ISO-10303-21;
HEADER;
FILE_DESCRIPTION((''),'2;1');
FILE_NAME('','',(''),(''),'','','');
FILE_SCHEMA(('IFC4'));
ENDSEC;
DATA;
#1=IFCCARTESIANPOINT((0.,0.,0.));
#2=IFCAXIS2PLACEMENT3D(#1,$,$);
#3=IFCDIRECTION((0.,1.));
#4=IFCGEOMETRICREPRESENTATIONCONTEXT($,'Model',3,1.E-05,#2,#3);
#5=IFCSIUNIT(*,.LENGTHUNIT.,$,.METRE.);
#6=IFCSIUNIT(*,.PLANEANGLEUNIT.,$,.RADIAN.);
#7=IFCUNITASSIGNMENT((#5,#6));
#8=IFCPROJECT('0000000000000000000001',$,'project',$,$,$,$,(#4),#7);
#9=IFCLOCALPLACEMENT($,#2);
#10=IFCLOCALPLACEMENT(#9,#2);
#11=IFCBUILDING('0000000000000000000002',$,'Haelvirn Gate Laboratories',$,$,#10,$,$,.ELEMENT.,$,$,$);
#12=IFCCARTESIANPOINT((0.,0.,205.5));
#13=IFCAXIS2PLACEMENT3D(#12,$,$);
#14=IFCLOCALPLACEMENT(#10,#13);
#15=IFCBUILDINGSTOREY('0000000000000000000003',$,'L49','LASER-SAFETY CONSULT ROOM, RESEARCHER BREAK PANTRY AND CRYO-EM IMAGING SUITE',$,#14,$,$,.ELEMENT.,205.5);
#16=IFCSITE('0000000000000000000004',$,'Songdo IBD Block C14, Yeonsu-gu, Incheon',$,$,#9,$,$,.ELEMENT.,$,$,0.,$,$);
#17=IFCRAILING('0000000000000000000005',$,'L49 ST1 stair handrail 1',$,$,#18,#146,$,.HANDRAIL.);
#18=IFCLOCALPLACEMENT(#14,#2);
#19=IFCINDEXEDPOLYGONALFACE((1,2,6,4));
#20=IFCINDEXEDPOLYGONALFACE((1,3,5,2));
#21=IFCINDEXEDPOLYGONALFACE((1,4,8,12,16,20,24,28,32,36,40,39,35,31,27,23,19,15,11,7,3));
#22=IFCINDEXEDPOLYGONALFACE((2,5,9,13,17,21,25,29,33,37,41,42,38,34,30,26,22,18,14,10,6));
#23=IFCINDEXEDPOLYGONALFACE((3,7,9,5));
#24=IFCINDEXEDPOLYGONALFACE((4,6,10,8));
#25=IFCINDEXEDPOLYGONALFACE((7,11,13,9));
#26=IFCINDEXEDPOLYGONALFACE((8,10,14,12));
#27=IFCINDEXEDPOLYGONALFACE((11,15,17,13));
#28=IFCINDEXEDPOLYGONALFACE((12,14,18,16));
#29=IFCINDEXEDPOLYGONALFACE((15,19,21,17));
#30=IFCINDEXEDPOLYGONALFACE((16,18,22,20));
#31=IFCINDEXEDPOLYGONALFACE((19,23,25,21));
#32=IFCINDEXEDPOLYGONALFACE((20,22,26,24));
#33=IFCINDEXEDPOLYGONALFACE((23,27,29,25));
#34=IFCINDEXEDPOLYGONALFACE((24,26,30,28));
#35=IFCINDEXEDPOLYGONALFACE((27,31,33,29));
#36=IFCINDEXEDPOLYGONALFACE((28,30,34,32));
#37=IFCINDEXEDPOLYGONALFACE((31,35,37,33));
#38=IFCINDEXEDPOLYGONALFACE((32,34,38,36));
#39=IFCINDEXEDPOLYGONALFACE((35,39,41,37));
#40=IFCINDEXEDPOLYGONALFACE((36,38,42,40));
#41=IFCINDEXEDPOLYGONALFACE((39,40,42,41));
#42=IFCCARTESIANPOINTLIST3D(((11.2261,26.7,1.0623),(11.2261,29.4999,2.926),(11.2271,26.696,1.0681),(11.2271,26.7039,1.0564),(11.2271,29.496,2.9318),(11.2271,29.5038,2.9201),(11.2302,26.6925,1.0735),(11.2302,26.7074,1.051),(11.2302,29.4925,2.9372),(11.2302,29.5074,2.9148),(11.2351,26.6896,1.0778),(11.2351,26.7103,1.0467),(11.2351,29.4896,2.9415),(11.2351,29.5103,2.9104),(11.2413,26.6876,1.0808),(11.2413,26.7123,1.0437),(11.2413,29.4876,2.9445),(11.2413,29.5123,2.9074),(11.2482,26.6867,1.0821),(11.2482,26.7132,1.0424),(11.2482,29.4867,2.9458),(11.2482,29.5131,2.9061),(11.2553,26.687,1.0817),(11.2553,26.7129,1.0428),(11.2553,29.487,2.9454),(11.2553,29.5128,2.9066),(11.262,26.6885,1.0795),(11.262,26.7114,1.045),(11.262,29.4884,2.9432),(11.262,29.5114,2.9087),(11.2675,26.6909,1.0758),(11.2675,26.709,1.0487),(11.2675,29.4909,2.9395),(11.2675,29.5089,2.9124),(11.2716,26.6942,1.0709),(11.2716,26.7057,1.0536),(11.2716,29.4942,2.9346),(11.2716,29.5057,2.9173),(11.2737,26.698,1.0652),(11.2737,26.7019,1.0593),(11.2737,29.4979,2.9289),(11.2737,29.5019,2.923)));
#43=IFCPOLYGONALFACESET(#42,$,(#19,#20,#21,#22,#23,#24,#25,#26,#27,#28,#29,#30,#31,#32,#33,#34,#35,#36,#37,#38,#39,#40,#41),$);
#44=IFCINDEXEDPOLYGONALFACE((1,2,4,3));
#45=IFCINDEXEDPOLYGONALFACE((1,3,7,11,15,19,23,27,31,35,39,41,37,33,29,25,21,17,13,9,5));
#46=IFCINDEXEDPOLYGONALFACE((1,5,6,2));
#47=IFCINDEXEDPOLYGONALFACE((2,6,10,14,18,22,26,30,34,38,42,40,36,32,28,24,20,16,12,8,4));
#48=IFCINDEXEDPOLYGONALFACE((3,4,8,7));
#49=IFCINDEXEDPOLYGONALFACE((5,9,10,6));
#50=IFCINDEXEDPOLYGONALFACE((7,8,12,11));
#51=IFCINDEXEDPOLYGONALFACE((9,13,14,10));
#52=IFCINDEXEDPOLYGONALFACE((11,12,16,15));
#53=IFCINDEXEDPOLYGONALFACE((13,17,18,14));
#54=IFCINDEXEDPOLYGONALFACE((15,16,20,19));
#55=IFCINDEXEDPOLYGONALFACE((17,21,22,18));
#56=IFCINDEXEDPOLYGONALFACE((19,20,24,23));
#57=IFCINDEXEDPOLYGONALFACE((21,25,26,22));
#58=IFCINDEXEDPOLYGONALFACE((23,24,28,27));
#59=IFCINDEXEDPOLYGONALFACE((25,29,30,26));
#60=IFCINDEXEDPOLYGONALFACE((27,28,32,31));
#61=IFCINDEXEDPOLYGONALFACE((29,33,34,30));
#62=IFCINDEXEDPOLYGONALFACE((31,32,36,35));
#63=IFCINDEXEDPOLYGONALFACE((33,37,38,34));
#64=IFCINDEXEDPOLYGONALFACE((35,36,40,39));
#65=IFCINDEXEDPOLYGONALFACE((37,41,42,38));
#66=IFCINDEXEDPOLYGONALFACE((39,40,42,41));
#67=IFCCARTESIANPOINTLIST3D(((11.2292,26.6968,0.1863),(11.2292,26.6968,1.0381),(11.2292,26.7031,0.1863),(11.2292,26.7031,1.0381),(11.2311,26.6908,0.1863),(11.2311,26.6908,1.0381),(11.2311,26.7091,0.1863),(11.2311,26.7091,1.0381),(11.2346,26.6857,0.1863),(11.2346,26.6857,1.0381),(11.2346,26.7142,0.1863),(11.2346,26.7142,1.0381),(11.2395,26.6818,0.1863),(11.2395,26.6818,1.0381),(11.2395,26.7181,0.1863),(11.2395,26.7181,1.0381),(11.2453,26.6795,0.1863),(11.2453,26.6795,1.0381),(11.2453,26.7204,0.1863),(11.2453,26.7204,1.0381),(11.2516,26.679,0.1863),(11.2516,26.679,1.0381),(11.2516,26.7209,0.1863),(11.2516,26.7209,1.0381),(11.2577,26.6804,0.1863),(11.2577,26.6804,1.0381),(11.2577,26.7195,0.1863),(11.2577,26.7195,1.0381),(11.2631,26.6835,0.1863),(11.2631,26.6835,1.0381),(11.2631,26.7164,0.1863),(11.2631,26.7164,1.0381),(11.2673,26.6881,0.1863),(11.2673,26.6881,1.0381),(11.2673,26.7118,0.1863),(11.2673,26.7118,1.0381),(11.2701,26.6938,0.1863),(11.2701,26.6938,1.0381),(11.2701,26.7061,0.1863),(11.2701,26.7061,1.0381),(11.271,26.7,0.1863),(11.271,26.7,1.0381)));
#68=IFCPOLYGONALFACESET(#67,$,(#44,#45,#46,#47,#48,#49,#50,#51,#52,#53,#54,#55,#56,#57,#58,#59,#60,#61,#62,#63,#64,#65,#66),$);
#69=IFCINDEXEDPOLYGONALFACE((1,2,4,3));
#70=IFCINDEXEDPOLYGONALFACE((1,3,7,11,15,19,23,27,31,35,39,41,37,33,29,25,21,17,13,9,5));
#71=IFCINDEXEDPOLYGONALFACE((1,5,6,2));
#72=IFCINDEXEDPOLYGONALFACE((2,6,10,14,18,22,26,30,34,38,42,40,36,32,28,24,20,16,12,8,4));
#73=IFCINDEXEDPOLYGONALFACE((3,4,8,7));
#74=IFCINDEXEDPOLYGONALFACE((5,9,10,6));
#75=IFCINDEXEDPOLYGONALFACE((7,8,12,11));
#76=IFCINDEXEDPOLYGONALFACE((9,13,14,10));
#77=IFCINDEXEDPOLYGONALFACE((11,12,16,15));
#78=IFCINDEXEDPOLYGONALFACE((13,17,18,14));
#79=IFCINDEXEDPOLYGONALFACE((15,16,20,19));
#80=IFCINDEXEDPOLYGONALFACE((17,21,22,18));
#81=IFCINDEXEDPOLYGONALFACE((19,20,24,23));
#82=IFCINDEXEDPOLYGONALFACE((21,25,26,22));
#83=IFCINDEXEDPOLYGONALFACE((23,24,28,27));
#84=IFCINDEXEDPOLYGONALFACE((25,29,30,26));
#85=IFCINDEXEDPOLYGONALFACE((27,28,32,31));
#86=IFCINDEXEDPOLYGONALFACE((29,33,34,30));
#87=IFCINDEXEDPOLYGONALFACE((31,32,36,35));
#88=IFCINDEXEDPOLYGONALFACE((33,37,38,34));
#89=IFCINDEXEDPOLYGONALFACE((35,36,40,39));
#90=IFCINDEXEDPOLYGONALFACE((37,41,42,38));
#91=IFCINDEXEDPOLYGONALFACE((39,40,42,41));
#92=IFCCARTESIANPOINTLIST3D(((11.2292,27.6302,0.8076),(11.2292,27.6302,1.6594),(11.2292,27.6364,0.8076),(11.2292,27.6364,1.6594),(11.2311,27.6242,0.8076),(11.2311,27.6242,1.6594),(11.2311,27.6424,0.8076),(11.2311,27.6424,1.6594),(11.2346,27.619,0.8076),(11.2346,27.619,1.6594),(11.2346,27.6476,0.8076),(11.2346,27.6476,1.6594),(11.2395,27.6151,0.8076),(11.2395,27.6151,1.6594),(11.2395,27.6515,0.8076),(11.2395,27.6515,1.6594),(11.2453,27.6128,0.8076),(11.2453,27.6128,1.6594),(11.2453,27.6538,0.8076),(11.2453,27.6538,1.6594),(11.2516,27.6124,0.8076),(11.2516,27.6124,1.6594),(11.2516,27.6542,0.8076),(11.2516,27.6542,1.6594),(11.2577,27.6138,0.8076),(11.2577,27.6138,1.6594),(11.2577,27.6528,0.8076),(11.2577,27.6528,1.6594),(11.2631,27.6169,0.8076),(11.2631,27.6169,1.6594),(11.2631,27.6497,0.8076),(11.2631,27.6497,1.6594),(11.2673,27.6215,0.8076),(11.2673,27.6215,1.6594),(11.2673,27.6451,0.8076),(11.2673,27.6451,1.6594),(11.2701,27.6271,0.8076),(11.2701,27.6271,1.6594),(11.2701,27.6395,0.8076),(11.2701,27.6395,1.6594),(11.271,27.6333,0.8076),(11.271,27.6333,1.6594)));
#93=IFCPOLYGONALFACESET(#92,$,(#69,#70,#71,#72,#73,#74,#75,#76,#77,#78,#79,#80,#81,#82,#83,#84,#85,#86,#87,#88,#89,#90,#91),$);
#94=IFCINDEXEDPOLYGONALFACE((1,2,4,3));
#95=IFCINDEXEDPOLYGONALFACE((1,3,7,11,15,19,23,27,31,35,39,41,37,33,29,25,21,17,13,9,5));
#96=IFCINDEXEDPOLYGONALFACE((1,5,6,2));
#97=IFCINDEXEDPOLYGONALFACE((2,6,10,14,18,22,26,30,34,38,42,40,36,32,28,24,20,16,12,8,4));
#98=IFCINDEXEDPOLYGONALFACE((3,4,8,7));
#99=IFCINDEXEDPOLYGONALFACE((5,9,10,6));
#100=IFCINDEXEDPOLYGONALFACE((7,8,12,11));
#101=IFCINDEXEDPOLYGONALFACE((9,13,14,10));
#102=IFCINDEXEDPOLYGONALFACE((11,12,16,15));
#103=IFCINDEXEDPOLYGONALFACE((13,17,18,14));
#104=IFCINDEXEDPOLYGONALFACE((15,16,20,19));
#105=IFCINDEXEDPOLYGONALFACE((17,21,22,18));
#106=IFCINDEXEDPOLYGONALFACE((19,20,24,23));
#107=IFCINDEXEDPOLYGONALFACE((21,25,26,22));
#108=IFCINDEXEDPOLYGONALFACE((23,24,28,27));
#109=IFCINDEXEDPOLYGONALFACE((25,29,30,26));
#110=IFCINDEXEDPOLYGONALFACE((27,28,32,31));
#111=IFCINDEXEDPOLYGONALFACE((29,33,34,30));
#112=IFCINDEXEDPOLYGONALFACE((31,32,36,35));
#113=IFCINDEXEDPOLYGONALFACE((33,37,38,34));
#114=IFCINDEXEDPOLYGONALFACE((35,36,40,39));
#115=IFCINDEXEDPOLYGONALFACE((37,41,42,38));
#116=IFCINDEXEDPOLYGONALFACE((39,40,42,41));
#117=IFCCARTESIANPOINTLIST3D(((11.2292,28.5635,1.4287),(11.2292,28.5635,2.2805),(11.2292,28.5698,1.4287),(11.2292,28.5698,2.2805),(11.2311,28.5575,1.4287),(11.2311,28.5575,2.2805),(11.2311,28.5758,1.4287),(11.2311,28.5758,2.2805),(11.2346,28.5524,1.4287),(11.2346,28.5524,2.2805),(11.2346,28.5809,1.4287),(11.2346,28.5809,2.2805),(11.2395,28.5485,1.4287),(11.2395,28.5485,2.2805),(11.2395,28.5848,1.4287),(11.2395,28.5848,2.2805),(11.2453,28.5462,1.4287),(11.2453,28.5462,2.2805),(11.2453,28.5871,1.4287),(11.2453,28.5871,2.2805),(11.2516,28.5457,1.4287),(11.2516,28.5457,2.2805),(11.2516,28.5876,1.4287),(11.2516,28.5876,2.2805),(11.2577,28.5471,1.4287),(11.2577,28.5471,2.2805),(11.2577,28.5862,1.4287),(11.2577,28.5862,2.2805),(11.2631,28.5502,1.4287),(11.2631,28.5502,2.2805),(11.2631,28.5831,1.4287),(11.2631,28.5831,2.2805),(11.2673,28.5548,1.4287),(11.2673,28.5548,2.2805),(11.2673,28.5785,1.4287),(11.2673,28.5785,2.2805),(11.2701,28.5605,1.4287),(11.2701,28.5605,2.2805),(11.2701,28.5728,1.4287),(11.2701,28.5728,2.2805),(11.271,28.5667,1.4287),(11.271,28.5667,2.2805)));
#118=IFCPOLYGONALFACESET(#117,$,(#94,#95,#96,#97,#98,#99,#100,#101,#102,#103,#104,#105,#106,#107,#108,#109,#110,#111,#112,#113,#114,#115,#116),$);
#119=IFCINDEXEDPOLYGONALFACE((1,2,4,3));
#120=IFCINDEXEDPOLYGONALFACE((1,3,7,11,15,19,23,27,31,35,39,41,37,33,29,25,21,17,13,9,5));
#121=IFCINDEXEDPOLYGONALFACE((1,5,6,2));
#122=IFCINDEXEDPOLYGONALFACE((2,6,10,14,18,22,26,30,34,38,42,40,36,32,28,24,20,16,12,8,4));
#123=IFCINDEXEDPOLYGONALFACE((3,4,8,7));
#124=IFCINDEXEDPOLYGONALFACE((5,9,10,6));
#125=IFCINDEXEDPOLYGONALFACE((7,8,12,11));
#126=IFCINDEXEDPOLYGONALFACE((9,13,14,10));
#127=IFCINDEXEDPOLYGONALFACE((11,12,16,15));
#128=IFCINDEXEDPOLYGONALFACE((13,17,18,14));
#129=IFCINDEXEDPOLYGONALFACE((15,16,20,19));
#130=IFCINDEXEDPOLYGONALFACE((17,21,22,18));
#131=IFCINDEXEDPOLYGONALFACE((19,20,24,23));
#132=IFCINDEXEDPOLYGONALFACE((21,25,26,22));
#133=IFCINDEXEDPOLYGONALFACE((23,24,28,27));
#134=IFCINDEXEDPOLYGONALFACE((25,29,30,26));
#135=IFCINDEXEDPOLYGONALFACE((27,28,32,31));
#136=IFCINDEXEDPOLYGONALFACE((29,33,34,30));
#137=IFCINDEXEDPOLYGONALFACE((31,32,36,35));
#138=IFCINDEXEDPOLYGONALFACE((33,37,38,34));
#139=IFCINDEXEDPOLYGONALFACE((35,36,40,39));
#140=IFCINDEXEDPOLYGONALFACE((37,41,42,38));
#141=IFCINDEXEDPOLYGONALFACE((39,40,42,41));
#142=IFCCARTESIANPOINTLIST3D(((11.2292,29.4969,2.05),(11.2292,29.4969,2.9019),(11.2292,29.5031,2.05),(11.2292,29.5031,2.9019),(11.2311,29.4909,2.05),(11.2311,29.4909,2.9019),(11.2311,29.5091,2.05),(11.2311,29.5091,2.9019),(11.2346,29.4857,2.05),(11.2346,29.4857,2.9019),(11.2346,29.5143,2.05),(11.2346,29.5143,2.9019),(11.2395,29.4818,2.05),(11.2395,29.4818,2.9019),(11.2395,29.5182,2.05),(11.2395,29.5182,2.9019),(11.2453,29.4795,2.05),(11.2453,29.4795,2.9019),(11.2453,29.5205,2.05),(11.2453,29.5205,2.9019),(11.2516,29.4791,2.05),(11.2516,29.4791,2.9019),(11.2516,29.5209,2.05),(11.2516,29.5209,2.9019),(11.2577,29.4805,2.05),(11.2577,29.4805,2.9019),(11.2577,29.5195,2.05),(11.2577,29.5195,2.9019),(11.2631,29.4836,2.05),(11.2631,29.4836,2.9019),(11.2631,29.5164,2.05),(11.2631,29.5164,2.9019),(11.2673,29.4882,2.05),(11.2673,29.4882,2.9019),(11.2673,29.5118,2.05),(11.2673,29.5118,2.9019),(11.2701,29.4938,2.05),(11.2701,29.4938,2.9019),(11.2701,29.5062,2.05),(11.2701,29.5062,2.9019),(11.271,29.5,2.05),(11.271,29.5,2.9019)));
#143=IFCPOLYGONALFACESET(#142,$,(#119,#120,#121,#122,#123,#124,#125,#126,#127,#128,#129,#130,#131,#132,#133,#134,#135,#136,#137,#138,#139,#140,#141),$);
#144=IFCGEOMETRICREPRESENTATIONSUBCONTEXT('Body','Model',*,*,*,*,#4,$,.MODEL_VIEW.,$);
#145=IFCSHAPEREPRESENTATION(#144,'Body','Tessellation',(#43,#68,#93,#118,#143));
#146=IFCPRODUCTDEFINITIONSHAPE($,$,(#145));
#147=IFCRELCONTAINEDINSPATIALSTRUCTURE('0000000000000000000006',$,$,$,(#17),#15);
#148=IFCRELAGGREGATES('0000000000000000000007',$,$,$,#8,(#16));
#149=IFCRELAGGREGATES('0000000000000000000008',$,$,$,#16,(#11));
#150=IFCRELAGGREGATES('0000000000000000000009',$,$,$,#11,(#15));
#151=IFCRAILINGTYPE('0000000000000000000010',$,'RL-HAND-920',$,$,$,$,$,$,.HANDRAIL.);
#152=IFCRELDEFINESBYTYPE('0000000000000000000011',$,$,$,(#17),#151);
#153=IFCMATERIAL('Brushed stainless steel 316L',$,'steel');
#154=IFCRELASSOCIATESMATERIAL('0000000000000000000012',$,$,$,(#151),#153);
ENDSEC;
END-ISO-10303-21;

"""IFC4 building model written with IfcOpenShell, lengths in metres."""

from ifc_helpers import new_model, si_unit, direction, frame, origin, origin_2d, place, context, subcontext, project, spatial, circle, extrude, source, transform, mapped, material, type_object, element, save


model = new_model("IFC4")

# Units and contexts
model_context = context("Model", 3, precision=1e-05, world=origin(), true_north=direction((0.0, 1.0)))
body_context = subcontext(model_context, "Body", "Model", "MODEL_VIEW")
ifc_project = project(units=[si_unit("LENGTHUNIT", "METRE"), si_unit("PLANEANGLEUNIT", "RADIAN")], contexts=[model_context])

# Site, building, storey
site_placement = place(None, origin())
site = spatial("IfcSite", under=ifc_project, at=site_placement, Name="Songdo IBD Block C14, Yeonsu-gu, Incheon", CompositionType="ELEMENT", RefElevation=0.0)
building_placement = place(site_placement, origin())
building = spatial("IfcBuilding", under=site, at=building_placement, Name="Haelvirn Gate Laboratories", CompositionType="ELEMENT")
storey_placement = place(building_placement, frame((0.0, 0.0, 205.5)))
storey = spatial("IfcBuildingStorey", under=building, at=storey_placement, Name="L49", Description="LASER-SAFETY CONSULT ROOM, RESEARCHER BREAK PANTRY AND CRYO-EM IMAGING SUITE", CompositionType="ELEMENT", Elevation=205.5)

# Railing
ifc_material_1 = material(Name="Brushed stainless steel 316L", Category="steel")
railing_type_1 = type_object("IfcRailingType", Name="RL-HAND-920", PredefinedType="HANDRAIL", material=ifc_material_1)
shared_shape_1 = source(origin(), body_context, "Body", "SweptSolid", [
    extrude(circle(Radius=0.0239, at=origin_2d()), frame((0.0, 0.0, 0.876), z_axis=(0.0, 0.832452, 0.554097), x_axis=(-1.0, 0.0, 0.0)), (0.0, 0.0, 1.0), 3.3635),
    extrude(circle(Radius=0.021, at=origin_2d()), origin(), (0.0, 0.0, 1.0), 0.8518),
    extrude(circle(Radius=0.021, at=origin_2d()), frame((0.0, 0.9333, 0.6213)), (0.0, 0.0, 1.0), 0.8518),
    extrude(circle(Radius=0.021, at=origin_2d()), frame((0.0, 1.8667, 1.2424)), (0.0, 0.0, 1.0), 0.8518),
    extrude(circle(Radius=0.021, at=origin_2d()), frame((0.0, 2.8, 1.8638)), (0.0, 0.0, 1.0), 0.8518),
])
railing_1_placement = place(storey_placement, frame((11.25, 26.7, 0.1863)))
element("IfcRailing", 1, at=railing_1_placement, inside=storey, type_object=railing_type_1, Name="L49 ST1 stair handrail 1", PredefinedType="HANDRAIL", context=body_context, shape_type="MappedRepresentation", body=[
    mapped(shared_shape_1, transform((0.0, 0.0, 0.0), scale=1.0)),
])

save(model, "model.ifc")
